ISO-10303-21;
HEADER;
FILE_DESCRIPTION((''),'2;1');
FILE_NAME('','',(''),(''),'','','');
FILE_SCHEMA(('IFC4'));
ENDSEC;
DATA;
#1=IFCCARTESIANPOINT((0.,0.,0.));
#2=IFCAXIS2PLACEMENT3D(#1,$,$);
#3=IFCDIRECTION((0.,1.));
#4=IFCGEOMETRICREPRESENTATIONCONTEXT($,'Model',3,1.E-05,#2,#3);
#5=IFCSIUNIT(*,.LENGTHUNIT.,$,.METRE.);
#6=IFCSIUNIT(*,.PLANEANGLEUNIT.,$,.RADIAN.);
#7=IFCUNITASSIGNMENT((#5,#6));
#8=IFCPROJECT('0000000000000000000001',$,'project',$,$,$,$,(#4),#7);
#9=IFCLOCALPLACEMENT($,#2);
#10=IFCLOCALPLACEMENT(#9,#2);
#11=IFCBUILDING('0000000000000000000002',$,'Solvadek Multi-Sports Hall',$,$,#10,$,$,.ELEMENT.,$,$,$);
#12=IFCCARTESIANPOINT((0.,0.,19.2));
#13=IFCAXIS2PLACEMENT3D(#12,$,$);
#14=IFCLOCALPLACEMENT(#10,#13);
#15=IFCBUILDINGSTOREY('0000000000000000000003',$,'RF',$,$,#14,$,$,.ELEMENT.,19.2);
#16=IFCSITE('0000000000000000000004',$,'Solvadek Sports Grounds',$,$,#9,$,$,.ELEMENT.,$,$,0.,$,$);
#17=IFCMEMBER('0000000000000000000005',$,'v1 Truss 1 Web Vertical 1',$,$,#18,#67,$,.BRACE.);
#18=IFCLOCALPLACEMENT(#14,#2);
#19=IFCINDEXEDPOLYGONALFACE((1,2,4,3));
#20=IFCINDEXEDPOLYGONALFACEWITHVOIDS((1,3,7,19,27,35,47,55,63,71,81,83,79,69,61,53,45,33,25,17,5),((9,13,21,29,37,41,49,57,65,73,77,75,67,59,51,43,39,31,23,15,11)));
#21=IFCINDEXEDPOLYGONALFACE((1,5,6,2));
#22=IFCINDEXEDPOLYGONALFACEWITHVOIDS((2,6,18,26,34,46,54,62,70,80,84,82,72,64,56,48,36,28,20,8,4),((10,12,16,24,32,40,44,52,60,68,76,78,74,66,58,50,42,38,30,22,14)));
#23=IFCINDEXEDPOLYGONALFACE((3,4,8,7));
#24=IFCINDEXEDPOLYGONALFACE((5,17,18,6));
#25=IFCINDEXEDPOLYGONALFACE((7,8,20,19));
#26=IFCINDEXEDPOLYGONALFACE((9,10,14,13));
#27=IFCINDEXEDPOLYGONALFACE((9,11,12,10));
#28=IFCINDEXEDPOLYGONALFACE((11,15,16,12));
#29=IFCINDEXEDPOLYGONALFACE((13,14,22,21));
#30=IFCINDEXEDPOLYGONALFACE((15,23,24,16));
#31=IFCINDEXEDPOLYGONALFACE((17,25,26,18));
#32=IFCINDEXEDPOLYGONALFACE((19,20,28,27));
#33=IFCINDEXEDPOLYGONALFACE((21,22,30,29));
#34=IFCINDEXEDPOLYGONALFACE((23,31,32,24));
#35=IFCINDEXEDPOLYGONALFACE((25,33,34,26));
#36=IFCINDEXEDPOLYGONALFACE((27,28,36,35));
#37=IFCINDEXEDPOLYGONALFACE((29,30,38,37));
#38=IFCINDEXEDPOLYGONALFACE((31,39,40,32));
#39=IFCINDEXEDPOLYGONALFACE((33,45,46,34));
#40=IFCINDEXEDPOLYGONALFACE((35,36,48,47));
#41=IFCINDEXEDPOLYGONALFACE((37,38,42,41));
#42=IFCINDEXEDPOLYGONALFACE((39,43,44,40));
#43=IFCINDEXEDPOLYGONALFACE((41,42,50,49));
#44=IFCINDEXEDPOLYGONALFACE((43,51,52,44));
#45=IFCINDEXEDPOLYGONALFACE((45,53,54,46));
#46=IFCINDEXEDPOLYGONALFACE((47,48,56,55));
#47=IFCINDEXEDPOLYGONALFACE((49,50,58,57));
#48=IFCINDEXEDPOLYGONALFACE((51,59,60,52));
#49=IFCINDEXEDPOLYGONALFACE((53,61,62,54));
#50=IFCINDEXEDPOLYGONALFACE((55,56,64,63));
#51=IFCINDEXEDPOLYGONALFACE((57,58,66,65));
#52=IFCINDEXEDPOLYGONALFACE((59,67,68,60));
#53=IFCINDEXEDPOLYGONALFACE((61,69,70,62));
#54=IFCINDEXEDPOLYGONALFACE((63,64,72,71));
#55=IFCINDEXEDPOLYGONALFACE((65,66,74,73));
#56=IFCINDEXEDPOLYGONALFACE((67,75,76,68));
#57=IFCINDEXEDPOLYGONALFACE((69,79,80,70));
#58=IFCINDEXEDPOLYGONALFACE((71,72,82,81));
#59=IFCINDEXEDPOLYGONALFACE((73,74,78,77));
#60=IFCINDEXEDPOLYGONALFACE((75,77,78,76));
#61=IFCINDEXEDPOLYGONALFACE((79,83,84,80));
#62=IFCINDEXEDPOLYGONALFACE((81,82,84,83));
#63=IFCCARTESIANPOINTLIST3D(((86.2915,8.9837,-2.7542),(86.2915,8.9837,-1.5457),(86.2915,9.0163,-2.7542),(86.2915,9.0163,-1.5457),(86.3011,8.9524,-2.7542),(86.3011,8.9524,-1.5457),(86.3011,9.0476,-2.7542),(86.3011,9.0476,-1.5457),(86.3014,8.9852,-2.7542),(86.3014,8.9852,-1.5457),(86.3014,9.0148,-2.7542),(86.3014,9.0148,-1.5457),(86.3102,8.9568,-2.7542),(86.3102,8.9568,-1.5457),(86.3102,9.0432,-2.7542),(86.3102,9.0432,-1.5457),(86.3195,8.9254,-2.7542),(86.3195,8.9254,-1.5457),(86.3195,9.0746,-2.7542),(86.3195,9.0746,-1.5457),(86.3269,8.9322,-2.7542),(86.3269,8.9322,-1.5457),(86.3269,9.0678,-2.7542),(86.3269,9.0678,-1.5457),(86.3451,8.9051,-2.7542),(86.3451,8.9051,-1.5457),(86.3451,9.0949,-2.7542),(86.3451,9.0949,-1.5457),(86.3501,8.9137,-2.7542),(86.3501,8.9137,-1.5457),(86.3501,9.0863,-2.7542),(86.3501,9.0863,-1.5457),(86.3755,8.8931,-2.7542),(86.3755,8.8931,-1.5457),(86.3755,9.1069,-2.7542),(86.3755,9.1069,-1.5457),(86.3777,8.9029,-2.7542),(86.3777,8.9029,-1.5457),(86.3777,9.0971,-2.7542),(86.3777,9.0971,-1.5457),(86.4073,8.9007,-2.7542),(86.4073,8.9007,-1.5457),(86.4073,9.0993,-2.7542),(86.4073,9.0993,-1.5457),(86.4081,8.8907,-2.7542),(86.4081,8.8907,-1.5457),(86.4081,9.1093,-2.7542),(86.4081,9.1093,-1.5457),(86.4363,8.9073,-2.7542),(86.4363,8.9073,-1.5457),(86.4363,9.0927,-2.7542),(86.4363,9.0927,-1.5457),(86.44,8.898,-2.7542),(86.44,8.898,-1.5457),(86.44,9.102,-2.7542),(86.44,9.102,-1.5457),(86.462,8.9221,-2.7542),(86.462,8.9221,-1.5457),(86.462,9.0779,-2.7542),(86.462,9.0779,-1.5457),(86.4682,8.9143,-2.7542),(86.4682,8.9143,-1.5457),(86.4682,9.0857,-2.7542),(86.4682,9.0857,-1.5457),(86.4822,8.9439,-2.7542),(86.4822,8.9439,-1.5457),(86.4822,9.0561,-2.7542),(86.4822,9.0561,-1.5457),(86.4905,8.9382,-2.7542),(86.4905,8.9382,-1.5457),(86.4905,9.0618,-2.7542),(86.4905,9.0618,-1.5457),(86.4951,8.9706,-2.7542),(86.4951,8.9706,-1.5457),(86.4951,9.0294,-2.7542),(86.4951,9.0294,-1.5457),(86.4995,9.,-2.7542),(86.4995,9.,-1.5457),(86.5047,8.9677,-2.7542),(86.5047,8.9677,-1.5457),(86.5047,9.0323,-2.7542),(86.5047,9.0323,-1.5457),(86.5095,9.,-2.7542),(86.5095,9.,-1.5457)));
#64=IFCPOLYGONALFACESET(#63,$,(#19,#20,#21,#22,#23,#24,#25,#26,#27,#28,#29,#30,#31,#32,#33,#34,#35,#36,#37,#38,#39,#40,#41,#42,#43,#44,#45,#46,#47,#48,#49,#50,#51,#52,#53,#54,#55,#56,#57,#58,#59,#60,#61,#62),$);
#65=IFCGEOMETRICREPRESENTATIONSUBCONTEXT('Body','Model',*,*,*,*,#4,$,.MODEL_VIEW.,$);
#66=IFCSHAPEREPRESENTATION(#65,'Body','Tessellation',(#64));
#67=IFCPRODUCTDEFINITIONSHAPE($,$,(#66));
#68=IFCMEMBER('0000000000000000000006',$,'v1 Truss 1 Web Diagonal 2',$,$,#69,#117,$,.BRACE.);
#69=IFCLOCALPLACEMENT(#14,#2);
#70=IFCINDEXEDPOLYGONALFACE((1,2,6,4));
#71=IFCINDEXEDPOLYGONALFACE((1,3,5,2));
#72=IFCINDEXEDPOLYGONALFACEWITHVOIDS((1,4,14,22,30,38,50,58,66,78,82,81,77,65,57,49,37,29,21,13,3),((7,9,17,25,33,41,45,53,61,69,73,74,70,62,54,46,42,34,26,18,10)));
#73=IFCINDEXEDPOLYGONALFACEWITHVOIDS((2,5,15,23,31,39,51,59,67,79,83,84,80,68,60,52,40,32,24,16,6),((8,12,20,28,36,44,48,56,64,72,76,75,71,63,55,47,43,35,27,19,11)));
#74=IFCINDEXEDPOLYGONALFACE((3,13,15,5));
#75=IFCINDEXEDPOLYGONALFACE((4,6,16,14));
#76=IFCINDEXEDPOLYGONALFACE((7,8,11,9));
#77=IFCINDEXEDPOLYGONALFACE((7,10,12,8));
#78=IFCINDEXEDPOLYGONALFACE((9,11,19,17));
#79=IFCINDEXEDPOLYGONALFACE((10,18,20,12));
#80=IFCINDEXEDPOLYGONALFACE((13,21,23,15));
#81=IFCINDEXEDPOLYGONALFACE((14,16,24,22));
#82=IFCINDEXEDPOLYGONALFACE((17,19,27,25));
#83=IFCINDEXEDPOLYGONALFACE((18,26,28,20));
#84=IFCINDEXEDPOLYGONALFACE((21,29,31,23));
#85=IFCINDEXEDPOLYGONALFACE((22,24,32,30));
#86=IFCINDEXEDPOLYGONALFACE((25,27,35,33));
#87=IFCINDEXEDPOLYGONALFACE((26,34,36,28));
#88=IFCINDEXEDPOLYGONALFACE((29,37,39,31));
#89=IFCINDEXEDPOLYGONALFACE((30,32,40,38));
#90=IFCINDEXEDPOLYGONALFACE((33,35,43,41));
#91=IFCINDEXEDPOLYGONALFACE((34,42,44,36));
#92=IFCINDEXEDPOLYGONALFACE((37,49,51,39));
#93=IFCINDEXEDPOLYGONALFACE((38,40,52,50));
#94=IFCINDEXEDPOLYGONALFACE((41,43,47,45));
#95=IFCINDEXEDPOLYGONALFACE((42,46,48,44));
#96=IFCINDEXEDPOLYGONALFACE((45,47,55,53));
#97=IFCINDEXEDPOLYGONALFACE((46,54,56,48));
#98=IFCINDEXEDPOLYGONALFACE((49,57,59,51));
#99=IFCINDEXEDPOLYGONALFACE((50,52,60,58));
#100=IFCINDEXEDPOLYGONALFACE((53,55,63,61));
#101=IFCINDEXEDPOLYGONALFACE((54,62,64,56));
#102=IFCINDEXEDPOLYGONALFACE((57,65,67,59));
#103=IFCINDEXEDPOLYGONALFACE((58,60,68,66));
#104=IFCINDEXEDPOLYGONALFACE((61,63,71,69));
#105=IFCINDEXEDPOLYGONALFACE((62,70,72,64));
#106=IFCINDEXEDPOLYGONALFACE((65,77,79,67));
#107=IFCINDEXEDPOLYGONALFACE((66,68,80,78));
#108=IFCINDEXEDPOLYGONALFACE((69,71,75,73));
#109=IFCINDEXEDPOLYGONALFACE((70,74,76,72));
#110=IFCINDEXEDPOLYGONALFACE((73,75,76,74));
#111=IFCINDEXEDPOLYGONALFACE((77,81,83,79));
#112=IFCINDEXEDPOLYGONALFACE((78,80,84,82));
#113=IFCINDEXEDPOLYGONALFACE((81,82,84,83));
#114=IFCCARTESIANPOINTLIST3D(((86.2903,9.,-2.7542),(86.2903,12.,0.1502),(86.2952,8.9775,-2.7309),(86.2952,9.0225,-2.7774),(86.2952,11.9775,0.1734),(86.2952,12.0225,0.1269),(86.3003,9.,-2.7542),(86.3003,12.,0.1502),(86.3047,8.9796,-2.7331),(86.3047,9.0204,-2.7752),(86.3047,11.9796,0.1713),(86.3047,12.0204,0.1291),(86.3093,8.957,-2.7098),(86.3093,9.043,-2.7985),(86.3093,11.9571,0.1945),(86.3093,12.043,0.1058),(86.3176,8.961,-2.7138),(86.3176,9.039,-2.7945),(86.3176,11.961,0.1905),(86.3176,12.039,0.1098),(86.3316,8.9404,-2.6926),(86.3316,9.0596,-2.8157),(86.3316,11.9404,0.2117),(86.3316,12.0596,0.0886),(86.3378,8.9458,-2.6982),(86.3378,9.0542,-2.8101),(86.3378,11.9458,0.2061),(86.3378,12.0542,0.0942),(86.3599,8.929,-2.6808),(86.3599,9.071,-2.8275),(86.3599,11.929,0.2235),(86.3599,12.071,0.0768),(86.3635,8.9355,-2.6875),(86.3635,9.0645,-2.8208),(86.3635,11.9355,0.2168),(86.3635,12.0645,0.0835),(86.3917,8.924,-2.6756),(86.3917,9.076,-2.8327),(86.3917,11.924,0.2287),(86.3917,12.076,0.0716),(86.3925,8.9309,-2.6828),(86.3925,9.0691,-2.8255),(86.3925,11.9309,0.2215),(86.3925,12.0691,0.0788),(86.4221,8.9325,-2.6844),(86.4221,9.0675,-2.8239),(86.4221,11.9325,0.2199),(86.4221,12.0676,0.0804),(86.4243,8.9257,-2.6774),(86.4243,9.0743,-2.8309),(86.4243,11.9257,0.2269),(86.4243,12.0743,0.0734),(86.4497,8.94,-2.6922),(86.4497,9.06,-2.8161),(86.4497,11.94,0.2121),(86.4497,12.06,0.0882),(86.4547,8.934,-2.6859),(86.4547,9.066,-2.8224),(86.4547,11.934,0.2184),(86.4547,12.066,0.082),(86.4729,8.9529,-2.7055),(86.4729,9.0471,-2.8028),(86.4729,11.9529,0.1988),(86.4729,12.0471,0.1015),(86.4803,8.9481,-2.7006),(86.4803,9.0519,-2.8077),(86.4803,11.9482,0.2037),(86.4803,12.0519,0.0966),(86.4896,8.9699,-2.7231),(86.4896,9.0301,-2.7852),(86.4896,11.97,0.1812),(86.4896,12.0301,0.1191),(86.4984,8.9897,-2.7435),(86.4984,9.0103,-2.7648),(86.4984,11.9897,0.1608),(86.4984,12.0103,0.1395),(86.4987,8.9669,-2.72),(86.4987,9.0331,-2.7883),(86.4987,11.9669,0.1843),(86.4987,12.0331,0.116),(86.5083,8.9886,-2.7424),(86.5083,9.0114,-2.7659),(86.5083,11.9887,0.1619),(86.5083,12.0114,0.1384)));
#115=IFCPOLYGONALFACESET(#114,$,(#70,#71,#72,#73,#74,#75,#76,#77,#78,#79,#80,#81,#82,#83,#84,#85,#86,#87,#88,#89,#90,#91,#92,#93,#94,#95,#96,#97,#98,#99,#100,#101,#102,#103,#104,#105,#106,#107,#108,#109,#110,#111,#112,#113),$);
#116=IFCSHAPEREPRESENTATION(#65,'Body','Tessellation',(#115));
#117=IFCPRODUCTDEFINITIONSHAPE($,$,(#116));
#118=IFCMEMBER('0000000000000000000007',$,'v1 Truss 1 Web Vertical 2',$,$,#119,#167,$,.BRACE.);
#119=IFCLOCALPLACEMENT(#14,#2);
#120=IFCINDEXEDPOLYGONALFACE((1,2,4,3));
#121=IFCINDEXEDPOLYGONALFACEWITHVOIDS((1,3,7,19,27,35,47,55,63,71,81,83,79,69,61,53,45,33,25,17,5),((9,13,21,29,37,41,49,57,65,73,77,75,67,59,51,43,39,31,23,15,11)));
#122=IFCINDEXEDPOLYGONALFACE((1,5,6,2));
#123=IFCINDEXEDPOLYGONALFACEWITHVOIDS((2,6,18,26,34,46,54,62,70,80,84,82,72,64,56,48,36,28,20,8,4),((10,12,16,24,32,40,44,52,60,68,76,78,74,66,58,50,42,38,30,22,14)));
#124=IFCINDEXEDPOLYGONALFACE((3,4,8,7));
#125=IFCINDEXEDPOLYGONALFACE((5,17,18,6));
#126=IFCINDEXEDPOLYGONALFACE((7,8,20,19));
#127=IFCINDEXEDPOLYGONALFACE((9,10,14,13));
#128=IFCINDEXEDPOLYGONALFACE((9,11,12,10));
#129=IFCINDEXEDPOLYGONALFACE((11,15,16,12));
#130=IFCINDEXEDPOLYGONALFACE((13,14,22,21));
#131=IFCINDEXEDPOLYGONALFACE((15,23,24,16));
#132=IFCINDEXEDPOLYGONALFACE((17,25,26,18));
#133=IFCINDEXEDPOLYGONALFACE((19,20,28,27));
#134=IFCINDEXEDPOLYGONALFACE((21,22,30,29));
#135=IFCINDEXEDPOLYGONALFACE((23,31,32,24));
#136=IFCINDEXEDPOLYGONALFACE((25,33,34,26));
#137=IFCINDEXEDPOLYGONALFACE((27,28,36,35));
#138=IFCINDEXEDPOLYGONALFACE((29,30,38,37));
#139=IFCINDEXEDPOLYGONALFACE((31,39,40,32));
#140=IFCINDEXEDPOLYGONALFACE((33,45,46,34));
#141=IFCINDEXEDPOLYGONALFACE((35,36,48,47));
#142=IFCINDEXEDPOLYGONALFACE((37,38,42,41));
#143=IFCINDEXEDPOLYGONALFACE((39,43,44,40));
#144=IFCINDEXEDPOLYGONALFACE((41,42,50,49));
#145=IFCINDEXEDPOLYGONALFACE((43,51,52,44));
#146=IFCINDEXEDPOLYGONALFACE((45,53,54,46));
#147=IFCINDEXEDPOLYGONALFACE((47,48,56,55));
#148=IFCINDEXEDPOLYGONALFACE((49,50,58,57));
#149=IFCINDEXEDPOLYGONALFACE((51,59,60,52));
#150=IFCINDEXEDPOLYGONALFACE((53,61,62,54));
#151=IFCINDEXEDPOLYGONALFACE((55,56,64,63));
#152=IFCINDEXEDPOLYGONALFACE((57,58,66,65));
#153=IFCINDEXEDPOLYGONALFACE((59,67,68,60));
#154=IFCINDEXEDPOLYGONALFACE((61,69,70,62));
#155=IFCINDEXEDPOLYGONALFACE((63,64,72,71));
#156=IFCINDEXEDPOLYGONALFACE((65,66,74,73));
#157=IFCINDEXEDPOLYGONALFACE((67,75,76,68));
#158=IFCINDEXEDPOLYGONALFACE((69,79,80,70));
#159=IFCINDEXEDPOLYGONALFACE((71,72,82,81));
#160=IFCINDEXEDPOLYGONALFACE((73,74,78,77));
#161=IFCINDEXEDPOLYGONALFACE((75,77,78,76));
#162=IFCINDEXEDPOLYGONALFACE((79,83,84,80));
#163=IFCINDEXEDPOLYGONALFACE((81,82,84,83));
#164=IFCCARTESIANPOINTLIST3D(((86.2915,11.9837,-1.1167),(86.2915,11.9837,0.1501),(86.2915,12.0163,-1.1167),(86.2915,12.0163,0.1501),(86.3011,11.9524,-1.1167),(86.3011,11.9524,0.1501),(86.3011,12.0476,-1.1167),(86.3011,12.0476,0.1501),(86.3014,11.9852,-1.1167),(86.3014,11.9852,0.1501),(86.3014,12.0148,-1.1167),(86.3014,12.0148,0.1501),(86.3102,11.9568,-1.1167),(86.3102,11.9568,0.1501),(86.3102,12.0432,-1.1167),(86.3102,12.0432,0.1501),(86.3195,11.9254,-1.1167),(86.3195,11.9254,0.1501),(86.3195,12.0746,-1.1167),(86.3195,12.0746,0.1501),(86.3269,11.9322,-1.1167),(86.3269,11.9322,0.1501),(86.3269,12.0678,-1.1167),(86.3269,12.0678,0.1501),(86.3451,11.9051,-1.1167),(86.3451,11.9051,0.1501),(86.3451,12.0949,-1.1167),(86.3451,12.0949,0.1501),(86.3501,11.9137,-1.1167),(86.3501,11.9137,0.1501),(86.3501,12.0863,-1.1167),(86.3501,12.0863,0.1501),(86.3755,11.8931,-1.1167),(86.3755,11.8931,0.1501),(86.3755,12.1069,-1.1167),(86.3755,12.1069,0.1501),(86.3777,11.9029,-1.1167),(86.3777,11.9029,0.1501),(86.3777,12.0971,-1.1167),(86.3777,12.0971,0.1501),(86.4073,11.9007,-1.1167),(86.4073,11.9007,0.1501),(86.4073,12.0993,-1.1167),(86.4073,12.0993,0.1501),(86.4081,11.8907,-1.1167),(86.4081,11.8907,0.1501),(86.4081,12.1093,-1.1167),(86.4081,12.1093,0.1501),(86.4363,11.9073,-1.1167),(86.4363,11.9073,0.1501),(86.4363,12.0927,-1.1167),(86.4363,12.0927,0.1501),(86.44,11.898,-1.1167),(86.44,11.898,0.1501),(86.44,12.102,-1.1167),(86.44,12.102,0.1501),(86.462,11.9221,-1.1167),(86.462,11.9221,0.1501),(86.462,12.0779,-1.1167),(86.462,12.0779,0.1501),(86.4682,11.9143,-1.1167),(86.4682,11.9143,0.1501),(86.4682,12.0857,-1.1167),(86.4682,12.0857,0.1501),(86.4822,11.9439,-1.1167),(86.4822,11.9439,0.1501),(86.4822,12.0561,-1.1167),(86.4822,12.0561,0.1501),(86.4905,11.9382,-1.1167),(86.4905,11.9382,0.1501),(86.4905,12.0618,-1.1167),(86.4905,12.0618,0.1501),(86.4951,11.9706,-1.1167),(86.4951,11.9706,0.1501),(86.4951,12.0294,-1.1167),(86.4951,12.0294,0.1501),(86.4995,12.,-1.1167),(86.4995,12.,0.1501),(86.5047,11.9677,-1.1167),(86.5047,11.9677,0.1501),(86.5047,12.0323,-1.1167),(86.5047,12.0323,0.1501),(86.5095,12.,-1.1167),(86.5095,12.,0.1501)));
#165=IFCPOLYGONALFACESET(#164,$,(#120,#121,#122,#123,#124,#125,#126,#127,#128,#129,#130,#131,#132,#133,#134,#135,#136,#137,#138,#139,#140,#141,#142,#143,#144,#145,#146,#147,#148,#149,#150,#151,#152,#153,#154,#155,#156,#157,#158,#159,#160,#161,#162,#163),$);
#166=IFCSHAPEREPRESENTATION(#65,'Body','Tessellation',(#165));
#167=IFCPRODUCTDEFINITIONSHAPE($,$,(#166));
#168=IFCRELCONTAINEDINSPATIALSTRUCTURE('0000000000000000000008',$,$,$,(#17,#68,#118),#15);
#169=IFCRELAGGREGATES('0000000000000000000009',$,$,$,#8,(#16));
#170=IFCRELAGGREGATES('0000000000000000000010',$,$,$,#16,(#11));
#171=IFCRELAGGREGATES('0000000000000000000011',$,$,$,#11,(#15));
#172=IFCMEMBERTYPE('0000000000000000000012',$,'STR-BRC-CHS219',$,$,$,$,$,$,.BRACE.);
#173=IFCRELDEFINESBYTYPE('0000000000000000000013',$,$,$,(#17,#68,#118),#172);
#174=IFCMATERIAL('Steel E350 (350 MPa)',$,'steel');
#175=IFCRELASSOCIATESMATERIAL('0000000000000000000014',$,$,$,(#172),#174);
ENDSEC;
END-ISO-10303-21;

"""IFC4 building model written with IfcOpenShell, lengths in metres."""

from ifc_helpers import new_model, si_unit, direction, frame, origin, origin_2d, place, context, subcontext, project, spatial, hollow_circle, extrude, material, material_profile, profile_set, type_object, element, save


model = new_model("IFC4")

# Units and contexts
model_context = context("Model", 3, precision=1e-05, world=origin(), true_north=direction((0.0, 1.0)))
body_context = subcontext(model_context, "Body", "Model", "MODEL_VIEW")
ifc_project = project(units=[si_unit("LENGTHUNIT", "METRE"), si_unit("PLANEANGLEUNIT", "RADIAN")], contexts=[model_context])

# Site, building, storey
site_placement = place(None, origin())
site = spatial("IfcSite", under=ifc_project, at=site_placement, Name="Solvadek Sports Grounds", CompositionType="ELEMENT", RefElevation=0.0)
building_placement = place(site_placement, origin())
building = spatial("IfcBuilding", under=site, at=building_placement, Name="Solvadek Multi-Sports Hall", CompositionType="ELEMENT")
storey_placement = place(building_placement, frame((0.0, 0.0, 19.2)))
storey = spatial("IfcBuildingStorey", under=building, at=storey_placement, Name="RF", CompositionType="ELEMENT", Elevation=19.2)

# Shared definitions
ifc_material_1 = material(Name="Steel E350 (350 MPa)", Category="steel")

# Members
ifc_material_profile_1 = material_profile(ifc_material_1, hollow_circle(Radius=0.1096, WallThickness=0.01, at=origin_2d()), Name="CHS 219.1x10")
ifc_profile_set_1 = profile_set([ifc_material_profile_1], Name="Steel E350 (350 MPa)")
member_type_1 = type_object("IfcMemberType", Name="STR-BRC-CHS219", PredefinedType="BRACE", material=ifc_profile_set_1)
member_1_placement = place(storey_placement, frame((86.3999, 9.0, -2.7542), z_axis=(0.0, 0.0, 1.0), x_axis=(1.0, 0.0, 0.0)))
element("IfcMember", 1, at=member_1_placement, inside=storey, type_object=member_type_1, Name="v1 Truss 1 Web Vertical 1", PredefinedType="BRACE", context=body_context, shape_type="SweptSolid", body=[
    extrude(hollow_circle(Radius=0.1096, WallThickness=0.01, at=origin_2d()), origin(), (0.0, 0.0, 1.0), 1.2085),
])
member_2_placement = place(storey_placement, frame((86.3999, 9.0, -2.7542), z_axis=(0.0, 0.718474, 0.695554), x_axis=(-1.0, 0.0, 0.0)))
element("IfcMember", 2, at=member_2_placement, inside=storey, type_object=member_type_1, Name="v1 Truss 1 Web Diagonal 2", PredefinedType="BRACE", context=body_context, shape_type="SweptSolid", body=[
    extrude(hollow_circle(Radius=0.1096, WallThickness=0.01, at=origin_2d()), origin(), (0.0, 0.0, 1.0), 4.1755),
])
member_3_placement = place(storey_placement, frame((86.3999, 12.0, -1.1167), z_axis=(0.0, 0.0, 1.0), x_axis=(1.0, 0.0, 0.0)))
element("IfcMember", 3, at=member_3_placement, inside=storey, type_object=member_type_1, Name="v1 Truss 1 Web Vertical 2", PredefinedType="BRACE", context=body_context, shape_type="SweptSolid", body=[
    extrude(hollow_circle(Radius=0.1096, WallThickness=0.01, at=origin_2d()), origin(), (0.0, 0.0, 1.0), 1.2668),
])

save(model, "model.ifc")
